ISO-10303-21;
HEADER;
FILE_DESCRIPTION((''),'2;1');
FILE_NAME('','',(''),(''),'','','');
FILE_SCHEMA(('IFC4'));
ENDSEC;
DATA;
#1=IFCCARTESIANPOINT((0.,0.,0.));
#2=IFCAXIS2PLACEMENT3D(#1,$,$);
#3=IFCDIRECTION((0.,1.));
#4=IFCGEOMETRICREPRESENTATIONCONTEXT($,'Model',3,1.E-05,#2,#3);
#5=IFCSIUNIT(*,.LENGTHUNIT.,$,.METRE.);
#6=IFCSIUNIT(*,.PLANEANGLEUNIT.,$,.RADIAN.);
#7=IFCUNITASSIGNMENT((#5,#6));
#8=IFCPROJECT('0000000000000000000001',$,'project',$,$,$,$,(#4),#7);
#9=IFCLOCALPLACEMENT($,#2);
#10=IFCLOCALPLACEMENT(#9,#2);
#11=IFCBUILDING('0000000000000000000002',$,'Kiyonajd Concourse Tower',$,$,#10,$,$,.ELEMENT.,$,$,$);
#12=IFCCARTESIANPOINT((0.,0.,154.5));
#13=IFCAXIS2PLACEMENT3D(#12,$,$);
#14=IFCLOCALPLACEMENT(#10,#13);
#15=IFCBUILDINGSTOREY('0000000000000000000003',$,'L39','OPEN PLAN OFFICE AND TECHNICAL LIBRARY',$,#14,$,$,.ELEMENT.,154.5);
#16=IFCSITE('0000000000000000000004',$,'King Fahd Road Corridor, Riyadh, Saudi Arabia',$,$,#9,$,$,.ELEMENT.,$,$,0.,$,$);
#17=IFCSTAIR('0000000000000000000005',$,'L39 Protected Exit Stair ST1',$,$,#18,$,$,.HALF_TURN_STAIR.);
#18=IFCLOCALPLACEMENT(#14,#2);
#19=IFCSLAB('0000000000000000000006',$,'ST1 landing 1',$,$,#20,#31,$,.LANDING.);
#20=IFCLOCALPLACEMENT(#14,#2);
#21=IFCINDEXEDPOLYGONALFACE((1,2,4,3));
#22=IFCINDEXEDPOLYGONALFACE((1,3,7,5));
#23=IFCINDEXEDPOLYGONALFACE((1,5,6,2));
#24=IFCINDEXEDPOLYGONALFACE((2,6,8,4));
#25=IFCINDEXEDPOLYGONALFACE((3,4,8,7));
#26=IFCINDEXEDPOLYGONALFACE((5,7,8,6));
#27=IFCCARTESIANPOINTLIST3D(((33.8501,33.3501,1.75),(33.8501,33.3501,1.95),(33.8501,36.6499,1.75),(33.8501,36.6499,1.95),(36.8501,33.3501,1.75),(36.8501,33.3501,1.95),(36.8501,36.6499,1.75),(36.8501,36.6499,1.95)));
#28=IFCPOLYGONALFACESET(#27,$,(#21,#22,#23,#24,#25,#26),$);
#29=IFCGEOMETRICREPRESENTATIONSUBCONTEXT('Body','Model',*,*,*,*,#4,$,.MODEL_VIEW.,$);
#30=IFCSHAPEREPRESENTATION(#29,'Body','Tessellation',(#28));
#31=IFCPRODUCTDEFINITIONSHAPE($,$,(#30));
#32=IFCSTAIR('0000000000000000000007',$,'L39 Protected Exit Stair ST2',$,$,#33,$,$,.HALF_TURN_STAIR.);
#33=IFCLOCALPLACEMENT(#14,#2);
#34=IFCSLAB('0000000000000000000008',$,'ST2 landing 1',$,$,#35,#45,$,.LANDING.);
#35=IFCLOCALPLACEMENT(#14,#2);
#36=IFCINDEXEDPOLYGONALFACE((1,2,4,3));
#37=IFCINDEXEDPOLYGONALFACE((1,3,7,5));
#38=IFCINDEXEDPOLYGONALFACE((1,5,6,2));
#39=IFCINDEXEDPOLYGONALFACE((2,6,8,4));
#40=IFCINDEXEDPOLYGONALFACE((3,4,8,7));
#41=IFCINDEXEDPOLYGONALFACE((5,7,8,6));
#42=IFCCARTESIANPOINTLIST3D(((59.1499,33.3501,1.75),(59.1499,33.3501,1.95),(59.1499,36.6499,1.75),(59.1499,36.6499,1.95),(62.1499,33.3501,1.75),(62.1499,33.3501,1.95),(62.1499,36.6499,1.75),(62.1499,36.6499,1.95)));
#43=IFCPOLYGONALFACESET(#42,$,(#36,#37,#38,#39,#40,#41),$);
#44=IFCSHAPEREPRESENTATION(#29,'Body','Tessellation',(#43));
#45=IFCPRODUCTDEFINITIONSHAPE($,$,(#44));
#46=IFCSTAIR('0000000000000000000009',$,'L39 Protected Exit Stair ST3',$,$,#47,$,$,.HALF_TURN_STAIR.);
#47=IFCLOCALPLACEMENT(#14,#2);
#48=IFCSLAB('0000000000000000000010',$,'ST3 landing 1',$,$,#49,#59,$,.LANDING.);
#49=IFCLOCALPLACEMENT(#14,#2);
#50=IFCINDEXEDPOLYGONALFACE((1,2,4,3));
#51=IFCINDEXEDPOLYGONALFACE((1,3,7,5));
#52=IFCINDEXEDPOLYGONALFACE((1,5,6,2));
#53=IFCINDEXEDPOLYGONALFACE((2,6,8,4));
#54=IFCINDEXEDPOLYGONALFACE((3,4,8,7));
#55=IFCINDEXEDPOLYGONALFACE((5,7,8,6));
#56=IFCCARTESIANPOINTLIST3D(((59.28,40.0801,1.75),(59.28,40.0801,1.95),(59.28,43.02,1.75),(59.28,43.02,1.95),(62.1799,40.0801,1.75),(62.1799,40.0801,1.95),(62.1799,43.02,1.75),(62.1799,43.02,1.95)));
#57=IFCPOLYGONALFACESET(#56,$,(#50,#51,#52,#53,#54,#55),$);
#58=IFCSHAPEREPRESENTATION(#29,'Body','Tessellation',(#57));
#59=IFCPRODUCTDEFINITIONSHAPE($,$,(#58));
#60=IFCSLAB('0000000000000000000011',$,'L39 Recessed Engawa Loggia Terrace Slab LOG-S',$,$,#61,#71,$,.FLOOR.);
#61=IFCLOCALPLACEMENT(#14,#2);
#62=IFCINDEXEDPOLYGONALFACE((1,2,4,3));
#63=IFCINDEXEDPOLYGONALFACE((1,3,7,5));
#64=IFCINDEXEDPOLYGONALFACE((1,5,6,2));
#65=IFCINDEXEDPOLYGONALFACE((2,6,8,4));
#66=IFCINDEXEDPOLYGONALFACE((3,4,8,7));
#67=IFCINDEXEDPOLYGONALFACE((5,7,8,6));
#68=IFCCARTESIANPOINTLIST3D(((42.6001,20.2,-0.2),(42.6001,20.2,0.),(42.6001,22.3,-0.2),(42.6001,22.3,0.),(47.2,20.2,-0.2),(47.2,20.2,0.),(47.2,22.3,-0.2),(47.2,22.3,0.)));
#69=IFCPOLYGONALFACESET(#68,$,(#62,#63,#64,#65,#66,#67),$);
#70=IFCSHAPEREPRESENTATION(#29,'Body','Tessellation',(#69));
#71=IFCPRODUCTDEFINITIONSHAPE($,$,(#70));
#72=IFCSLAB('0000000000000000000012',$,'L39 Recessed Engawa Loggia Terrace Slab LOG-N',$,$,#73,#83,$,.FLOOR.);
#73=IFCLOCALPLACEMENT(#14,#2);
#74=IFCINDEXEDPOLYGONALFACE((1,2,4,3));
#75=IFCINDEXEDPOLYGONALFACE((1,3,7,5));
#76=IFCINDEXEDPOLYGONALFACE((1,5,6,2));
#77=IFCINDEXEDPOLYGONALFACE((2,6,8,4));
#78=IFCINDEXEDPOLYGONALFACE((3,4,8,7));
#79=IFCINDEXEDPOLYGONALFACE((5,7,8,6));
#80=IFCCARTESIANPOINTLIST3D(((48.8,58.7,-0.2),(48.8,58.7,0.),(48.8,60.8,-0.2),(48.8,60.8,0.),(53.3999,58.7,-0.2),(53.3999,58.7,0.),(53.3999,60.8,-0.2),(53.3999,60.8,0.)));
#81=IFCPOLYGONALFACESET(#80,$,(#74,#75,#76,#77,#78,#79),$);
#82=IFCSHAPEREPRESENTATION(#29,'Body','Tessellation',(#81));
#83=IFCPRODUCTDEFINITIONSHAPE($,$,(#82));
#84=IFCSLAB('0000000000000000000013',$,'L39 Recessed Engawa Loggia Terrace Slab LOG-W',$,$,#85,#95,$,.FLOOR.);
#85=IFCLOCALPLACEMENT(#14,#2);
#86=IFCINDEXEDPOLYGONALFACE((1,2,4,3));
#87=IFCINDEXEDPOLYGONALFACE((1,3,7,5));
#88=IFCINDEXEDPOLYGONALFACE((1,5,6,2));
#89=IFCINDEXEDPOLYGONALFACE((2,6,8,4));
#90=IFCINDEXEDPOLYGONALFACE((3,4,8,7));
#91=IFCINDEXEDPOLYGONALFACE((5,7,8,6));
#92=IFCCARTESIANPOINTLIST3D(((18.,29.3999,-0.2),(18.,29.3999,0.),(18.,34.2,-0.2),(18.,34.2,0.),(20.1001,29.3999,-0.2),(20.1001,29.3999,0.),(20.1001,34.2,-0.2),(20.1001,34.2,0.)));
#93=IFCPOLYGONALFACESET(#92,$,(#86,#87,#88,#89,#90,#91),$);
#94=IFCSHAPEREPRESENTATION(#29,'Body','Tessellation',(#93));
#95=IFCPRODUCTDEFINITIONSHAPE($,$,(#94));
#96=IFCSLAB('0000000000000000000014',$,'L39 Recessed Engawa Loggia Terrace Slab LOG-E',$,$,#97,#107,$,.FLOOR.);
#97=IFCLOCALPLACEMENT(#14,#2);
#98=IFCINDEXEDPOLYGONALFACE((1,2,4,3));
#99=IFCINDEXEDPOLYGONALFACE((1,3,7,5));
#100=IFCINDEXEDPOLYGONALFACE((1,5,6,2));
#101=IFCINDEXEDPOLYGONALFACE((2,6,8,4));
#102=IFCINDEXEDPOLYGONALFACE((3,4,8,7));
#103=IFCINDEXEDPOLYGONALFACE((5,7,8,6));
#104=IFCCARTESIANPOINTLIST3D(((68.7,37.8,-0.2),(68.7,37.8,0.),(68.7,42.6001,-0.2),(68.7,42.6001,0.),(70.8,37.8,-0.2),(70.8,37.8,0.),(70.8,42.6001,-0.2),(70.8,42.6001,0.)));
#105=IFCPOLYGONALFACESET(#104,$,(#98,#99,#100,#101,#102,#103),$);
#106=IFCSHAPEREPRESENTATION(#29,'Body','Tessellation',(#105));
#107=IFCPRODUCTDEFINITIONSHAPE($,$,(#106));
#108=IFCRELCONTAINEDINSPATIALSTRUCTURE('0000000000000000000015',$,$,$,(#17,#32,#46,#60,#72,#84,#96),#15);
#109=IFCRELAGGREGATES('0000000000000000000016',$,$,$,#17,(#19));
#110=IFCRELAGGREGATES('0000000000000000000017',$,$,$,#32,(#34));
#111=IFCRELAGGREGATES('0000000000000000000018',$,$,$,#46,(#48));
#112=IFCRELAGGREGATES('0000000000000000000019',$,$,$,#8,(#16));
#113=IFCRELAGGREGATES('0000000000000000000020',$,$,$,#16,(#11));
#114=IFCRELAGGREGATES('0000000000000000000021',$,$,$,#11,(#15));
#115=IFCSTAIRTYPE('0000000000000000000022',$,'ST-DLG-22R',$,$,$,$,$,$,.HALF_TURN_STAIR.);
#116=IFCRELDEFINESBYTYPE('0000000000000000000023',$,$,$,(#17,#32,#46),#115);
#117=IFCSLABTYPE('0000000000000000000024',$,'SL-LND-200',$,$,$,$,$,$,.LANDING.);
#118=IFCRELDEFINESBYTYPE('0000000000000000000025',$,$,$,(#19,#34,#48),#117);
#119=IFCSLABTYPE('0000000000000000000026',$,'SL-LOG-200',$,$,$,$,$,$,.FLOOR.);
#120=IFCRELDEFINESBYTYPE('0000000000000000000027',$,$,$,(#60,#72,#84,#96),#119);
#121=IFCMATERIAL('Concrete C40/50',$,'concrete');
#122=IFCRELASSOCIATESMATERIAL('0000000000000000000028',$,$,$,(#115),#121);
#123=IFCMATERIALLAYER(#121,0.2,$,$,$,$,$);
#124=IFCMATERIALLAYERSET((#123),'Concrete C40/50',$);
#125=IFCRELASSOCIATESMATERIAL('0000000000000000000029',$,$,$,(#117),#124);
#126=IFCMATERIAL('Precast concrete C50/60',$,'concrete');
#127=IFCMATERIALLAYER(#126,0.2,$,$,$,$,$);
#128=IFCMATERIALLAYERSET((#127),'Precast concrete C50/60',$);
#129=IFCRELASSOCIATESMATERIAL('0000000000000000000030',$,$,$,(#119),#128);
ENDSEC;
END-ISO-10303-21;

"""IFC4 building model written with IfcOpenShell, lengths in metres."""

from ifc_helpers import new_model, si_unit, direction, frame, origin, place, context, subcontext, project, spatial, polyline, outline, extrude, material, layer, layer_set, type_object, element, aggregate, save


model = new_model("IFC4")

# Units and contexts
model_context = context("Model", 3, precision=1e-05, world=origin(), true_north=direction((0.0, 1.0)))
body_context = subcontext(model_context, "Body", "Model", "MODEL_VIEW")
ifc_project = project(units=[si_unit("LENGTHUNIT", "METRE"), si_unit("PLANEANGLEUNIT", "RADIAN")], contexts=[model_context])

# Site, building, storey
site_placement = place(None, origin())
site = spatial("IfcSite", under=ifc_project, at=site_placement, Name="King Fahd Road Corridor, Riyadh, Saudi Arabia", CompositionType="ELEMENT", RefElevation=0.0)
building_placement = place(site_placement, origin())
building = spatial("IfcBuilding", under=site, at=building_placement, Name="Kiyonajd Concourse Tower", CompositionType="ELEMENT")
storey_placement = place(building_placement, frame((0.0, 0.0, 154.5)))
storey = spatial("IfcBuildingStorey", under=building, at=storey_placement, Name="L39", Description="OPEN PLAN OFFICE AND TECHNICAL LIBRARY", CompositionType="ELEMENT", Elevation=154.5)

# Stairs, slabs
ifc_material_1 = material(Name="Concrete C40/50", Category="concrete")
stair_type = type_object("IfcStairType", Name="ST-DLG-22R", PredefinedType="HALF_TURN_STAIR", material=ifc_material_1)
stair_1_placement = place(storey_placement, origin())
stair_1 = element("IfcStair", 1, at=stair_1_placement, inside=storey, type_object=stair_type, Name="L39 Protected Exit Stair ST1", PredefinedType="HALF_TURN_STAIR")
ifc_layer_1 = layer(ifc_material_1, 0.2)
ifc_layer_set_1 = layer_set([ifc_layer_1], Name="Concrete C40/50")
slab_type_1 = type_object("IfcSlabType", Name="SL-LND-200", PredefinedType="LANDING", material=ifc_layer_set_1)
slab_1_placement = place(storey_placement, frame((0.0, 0.0, 1.75)))
slab_1 = element("IfcSlab", 2, at=slab_1_placement, type_object=slab_type_1, Name="ST1 landing 1", PredefinedType="LANDING", context=body_context, shape_type="SweptSolid", body=[
    extrude(outline(polyline([(36.8501, 33.3501), (36.8501, 36.6499), (33.8501, 36.6499), (33.8501, 33.3501), (36.8501, 33.3501)])), origin(), (0.0, 0.0, 1.0), 0.2),
])
aggregate(stair_1, [slab_1])
stair_2_placement = place(storey_placement, origin())
stair_2 = element("IfcStair", 3, at=stair_2_placement, inside=storey, type_object=stair_type, Name="L39 Protected Exit Stair ST2", PredefinedType="HALF_TURN_STAIR")
slab_2_placement = place(storey_placement, frame((0.0, 0.0, 1.75)))
slab_2 = element("IfcSlab", 4, at=slab_2_placement, type_object=slab_type_1, Name="ST2 landing 1", PredefinedType="LANDING", context=body_context, shape_type="SweptSolid", body=[
    extrude(outline(polyline([(62.1499, 33.3501), (62.1499, 36.6499), (59.1499, 36.6499), (59.1499, 33.3501), (62.1499, 33.3501)])), origin(), (0.0, 0.0, 1.0), 0.2),
])
aggregate(stair_2, [slab_2])
stair_3_placement = place(storey_placement, origin())
stair_3 = element("IfcStair", 5, at=stair_3_placement, inside=storey, type_object=stair_type, Name="L39 Protected Exit Stair ST3", PredefinedType="HALF_TURN_STAIR")
slab_3_placement = place(storey_placement, frame((0.0, 0.0, 1.75)))
slab_3 = element("IfcSlab", 6, at=slab_3_placement, type_object=slab_type_1, Name="ST3 landing 1", PredefinedType="LANDING", context=body_context, shape_type="SweptSolid", body=[
    extrude(outline(polyline([(59.28, 40.0801), (62.1799, 40.0801), (62.1799, 43.02), (59.28, 43.02), (59.28, 40.0801)])), origin(), (0.0, 0.0, 1.0), 0.2),
])
aggregate(stair_3, [slab_3])

# Slabs
ifc_material_2 = material(Name="Precast concrete C50/60", Category="concrete")
ifc_layer_2 = layer(ifc_material_2, 0.2)
ifc_layer_set_2 = layer_set([ifc_layer_2], Name="Precast concrete C50/60")
slab_type_2 = type_object("IfcSlabType", Name="SL-LOG-200", PredefinedType="FLOOR", material=ifc_layer_set_2)
slab_4_placement = place(storey_placement, frame((0.0, 0.0, -0.2)))
element("IfcSlab", 7, at=slab_4_placement, inside=storey, type_object=slab_type_2, Name="L39 Recessed Engawa Loggia Terrace Slab LOG-S", PredefinedType="FLOOR", context=body_context, shape_type="SweptSolid", body=[
    extrude(outline(polyline([(42.6001, 20.2), (47.2, 20.2), (47.2, 22.3), (42.6001, 22.3), (42.6001, 20.2)])), origin(), (0.0, 0.0, 1.0), 0.2),
])
slab_5_placement = place(storey_placement, frame((0.0, 0.0, -0.2)))
element("IfcSlab", 8, at=slab_5_placement, inside=storey, type_object=slab_type_2, Name="L39 Recessed Engawa Loggia Terrace Slab LOG-N", PredefinedType="FLOOR", context=body_context, shape_type="SweptSolid", body=[
    extrude(outline(polyline([(48.8, 58.7), (53.3999, 58.7), (53.3999, 60.8), (48.8, 60.8), (48.8, 58.7)])), origin(), (0.0, 0.0, 1.0), 0.2),
])
slab_6_placement = place(storey_placement, frame((0.0, 0.0, -0.2)))
element("IfcSlab", 9, at=slab_6_placement, inside=storey, type_object=slab_type_2, Name="L39 Recessed Engawa Loggia Terrace Slab LOG-W", PredefinedType="FLOOR", context=body_context, shape_type="SweptSolid", body=[
    extrude(outline(polyline([(18.0, 29.3999), (20.1001, 29.3999), (20.1001, 34.2), (18.0, 34.2), (18.0, 29.3999)])), origin(), (0.0, 0.0, 1.0), 0.2),
])
slab_7_placement = place(storey_placement, frame((0.0, 0.0, -0.2)))
element("IfcSlab", 10, at=slab_7_placement, inside=storey, type_object=slab_type_2, Name="L39 Recessed Engawa Loggia Terrace Slab LOG-E", PredefinedType="FLOOR", context=body_context, shape_type="SweptSolid", body=[
    extrude(outline(polyline([(68.7, 37.8), (70.8, 37.8), (70.8, 42.6001), (68.7, 42.6001), (68.7, 37.8)])), origin(), (0.0, 0.0, 1.0), 0.2),
])

save(model, "model.ifc")
